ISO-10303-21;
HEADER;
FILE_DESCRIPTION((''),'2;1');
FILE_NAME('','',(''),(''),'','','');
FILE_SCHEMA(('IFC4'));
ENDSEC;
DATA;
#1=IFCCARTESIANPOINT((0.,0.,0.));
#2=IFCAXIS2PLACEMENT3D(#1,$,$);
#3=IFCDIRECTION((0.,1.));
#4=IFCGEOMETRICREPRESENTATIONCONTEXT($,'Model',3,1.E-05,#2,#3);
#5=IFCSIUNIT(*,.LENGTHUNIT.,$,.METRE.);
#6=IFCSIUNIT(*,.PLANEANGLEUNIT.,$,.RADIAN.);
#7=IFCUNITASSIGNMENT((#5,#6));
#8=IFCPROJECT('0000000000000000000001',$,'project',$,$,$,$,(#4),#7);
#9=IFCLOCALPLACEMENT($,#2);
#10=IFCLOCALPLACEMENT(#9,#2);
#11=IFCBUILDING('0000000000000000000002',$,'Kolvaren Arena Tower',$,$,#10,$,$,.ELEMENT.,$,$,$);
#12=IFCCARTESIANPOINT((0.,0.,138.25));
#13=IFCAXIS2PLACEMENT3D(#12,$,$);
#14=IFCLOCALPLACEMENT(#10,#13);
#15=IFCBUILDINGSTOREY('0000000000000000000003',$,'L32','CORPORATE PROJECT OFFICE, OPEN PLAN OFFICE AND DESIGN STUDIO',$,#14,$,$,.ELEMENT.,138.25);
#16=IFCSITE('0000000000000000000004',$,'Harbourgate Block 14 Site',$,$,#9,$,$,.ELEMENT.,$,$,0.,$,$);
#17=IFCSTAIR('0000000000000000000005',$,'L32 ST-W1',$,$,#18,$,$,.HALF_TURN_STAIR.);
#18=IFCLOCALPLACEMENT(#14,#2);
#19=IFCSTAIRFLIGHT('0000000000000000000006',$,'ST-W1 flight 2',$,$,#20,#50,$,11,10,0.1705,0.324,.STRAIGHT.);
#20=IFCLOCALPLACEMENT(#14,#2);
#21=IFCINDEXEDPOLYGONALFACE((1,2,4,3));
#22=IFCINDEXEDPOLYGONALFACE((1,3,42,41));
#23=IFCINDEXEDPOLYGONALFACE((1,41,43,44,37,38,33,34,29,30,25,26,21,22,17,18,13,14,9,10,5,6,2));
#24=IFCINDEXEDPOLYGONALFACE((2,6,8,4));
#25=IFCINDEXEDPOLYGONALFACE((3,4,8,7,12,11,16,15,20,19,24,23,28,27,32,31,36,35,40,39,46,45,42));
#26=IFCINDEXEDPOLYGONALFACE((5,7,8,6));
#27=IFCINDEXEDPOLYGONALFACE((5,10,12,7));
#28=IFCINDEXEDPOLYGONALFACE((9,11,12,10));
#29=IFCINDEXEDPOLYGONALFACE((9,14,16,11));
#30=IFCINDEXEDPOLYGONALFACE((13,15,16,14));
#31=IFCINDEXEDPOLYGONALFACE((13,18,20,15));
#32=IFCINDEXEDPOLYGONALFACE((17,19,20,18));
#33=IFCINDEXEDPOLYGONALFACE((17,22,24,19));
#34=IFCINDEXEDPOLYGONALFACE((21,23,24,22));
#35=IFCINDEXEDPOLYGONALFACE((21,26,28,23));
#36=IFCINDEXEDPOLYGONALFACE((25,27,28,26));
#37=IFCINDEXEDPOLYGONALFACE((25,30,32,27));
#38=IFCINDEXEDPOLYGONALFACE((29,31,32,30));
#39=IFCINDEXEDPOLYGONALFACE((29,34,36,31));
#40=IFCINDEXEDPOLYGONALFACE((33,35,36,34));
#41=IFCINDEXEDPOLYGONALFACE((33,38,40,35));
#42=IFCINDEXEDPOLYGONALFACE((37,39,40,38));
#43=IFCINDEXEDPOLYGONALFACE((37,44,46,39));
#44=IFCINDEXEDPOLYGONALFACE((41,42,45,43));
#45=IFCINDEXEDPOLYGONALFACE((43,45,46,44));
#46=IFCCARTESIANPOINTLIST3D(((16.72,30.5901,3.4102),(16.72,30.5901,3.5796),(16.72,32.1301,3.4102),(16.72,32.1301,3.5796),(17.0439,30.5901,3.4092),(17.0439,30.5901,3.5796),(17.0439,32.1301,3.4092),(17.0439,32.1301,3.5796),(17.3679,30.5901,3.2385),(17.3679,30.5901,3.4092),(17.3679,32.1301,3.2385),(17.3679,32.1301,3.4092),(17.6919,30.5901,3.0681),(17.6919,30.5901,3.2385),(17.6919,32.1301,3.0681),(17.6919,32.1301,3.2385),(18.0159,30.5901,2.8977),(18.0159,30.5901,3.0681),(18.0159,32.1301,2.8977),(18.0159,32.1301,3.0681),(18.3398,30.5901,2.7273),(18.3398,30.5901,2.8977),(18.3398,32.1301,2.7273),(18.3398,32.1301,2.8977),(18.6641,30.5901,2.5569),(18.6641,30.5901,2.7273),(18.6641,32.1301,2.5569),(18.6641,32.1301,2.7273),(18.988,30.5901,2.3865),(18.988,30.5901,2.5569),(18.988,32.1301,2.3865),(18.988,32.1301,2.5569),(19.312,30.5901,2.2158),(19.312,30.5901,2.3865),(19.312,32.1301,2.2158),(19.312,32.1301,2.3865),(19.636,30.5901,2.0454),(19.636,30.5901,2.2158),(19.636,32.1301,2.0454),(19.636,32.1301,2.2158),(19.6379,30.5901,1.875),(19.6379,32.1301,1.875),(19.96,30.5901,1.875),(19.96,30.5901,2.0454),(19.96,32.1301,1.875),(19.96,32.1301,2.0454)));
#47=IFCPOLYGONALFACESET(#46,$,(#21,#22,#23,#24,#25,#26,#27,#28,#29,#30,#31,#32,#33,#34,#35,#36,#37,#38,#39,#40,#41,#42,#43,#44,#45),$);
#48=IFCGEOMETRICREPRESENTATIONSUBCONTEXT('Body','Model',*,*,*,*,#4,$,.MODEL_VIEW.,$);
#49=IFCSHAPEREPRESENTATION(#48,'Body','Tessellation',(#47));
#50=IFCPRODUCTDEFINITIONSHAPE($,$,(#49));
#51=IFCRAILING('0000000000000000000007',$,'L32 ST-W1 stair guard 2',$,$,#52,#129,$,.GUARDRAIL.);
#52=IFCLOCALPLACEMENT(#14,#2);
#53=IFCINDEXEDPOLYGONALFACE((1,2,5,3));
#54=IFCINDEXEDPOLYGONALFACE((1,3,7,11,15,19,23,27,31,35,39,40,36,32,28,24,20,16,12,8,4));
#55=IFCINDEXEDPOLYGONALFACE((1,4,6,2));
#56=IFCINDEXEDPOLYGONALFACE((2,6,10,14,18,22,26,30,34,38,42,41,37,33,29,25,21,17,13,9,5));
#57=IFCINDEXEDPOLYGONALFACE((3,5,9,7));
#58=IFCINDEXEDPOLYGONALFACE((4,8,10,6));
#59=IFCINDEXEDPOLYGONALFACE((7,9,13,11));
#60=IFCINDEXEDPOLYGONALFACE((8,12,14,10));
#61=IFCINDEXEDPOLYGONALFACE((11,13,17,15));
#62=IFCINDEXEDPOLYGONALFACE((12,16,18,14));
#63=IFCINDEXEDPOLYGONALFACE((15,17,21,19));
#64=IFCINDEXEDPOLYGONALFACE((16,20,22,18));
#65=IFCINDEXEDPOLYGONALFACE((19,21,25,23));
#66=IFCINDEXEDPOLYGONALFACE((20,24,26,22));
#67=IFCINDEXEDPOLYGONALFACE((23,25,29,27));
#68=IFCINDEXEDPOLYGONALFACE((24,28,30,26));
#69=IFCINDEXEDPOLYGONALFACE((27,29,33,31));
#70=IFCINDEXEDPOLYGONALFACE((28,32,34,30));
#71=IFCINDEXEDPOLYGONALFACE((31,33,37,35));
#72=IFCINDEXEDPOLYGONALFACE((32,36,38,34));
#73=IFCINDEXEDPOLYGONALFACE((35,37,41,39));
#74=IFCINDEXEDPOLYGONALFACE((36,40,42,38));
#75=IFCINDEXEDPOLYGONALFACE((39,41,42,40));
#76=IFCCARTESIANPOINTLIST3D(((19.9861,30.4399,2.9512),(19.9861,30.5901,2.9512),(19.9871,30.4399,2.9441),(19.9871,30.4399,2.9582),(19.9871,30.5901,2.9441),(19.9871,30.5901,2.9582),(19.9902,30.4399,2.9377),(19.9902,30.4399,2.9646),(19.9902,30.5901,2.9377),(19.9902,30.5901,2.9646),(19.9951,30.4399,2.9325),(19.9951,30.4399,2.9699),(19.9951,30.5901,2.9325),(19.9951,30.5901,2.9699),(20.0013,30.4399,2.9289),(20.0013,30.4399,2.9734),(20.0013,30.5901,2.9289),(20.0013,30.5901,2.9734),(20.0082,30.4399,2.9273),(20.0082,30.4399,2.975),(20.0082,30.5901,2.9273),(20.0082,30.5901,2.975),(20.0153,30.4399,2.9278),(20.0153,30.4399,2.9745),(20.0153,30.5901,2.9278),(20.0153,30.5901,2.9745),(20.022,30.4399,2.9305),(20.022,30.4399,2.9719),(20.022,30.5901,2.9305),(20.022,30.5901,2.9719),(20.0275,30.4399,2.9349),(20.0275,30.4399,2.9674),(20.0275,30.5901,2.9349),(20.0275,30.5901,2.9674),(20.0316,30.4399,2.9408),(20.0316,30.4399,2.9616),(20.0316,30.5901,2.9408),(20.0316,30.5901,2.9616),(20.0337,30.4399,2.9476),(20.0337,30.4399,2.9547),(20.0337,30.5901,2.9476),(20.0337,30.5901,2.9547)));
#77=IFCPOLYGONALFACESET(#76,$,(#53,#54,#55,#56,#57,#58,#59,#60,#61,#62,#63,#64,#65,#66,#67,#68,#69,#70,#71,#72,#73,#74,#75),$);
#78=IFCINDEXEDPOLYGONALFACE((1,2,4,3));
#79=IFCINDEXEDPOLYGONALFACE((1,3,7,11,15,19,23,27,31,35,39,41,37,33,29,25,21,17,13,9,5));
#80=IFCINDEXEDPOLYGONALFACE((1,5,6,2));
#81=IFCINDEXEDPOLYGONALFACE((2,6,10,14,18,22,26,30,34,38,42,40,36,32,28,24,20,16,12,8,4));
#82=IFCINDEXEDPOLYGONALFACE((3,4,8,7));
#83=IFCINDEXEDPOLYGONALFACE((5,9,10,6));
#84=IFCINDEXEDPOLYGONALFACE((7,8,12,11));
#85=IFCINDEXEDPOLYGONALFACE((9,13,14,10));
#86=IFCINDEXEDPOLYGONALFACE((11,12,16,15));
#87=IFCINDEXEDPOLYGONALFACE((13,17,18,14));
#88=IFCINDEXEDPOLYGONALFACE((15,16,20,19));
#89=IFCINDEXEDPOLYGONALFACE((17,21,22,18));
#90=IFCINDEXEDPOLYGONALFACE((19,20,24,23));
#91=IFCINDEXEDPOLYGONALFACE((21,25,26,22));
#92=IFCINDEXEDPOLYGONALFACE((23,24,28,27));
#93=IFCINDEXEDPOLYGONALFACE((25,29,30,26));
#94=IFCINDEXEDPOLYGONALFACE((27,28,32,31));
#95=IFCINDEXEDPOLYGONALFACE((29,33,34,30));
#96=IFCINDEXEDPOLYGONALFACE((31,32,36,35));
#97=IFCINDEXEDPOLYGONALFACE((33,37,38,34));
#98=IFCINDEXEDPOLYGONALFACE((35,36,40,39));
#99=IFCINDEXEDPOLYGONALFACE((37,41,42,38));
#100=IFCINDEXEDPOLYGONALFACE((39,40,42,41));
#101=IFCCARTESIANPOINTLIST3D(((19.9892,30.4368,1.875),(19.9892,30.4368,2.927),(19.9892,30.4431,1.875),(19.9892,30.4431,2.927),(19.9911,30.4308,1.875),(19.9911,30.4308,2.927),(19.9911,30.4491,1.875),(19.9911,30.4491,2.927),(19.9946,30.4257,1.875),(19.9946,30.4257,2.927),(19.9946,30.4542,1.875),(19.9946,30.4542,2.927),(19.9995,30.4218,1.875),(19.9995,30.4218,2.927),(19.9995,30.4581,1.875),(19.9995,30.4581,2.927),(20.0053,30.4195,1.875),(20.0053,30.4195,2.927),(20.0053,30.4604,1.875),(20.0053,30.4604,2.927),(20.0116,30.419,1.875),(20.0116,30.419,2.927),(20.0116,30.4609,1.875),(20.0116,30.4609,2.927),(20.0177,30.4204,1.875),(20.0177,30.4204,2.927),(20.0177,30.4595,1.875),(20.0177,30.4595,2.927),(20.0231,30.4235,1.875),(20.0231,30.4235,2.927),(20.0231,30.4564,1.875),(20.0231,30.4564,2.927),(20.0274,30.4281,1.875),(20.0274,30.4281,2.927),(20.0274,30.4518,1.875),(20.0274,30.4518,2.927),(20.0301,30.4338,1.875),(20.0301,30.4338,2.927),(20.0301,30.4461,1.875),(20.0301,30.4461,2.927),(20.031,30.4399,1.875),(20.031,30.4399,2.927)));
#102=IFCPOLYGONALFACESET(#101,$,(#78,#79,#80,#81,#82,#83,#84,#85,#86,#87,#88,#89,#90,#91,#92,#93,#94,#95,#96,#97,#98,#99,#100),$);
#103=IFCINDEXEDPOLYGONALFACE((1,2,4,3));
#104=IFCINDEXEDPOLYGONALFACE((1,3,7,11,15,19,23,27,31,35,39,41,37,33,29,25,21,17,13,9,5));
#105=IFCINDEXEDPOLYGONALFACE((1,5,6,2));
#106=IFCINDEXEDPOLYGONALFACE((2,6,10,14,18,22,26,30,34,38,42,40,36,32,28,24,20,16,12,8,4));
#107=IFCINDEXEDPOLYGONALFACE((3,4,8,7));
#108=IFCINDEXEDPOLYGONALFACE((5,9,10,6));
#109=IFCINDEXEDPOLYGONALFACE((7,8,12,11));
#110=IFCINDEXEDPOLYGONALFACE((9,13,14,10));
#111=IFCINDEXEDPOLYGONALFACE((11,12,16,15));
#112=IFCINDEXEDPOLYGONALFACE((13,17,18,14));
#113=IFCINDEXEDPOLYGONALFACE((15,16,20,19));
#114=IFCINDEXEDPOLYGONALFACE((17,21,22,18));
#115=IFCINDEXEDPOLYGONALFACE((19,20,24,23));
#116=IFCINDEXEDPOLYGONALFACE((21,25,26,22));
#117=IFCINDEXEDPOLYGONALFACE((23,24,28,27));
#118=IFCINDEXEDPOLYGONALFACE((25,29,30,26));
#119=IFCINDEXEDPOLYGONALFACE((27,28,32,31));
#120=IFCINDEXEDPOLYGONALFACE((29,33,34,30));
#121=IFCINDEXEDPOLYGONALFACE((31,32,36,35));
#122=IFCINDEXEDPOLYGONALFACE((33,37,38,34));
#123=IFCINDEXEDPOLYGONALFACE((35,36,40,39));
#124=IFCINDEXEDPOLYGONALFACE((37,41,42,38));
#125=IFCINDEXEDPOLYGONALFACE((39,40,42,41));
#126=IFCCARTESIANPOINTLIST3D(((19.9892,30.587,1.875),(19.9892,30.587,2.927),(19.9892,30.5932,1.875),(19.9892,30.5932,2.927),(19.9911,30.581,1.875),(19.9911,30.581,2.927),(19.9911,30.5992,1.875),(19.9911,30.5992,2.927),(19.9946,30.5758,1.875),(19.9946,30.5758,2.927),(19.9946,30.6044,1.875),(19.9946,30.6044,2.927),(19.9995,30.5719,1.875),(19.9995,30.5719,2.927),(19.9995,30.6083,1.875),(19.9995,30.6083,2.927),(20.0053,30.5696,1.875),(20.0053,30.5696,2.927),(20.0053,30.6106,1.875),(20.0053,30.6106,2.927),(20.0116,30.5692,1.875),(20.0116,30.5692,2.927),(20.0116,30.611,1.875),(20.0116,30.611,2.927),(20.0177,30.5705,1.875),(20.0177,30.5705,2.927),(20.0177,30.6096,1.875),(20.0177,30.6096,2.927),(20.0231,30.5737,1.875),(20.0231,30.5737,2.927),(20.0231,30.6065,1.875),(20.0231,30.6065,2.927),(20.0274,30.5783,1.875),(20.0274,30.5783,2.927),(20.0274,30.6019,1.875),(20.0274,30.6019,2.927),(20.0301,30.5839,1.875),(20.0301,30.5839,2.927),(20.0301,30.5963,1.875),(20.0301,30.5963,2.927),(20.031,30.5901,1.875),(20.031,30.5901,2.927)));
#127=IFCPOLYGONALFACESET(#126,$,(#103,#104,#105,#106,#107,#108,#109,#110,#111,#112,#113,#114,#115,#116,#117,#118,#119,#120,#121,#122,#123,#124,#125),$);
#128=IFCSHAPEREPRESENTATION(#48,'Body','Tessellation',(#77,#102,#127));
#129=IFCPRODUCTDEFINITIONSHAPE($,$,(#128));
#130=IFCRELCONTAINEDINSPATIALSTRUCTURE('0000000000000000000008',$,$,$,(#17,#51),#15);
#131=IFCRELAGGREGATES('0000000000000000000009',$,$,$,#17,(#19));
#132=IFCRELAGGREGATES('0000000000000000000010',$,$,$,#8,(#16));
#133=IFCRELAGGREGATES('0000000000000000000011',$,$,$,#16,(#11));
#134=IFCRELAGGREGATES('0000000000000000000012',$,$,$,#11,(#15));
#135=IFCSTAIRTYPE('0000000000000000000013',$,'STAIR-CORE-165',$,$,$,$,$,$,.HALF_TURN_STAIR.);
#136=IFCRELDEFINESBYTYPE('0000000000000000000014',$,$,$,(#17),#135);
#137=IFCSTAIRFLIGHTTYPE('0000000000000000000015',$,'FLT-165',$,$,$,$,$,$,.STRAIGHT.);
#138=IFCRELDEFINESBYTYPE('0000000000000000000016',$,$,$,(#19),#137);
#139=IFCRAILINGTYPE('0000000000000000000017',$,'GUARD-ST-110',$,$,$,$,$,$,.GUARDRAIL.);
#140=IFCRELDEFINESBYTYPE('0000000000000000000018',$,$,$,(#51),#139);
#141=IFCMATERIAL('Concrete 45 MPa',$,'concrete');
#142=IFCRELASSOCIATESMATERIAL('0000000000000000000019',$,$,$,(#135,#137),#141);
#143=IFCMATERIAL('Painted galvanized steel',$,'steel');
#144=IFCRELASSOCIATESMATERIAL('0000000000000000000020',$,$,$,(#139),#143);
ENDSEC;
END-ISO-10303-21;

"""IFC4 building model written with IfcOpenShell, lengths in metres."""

from ifc_helpers import new_model, si_unit, direction, frame, origin, origin_2d, place, context, subcontext, project, spatial, polyline, circle, outline, extrude, material, type_object, element, aggregate, save


model = new_model("IFC4")

# Units and contexts
model_context = context("Model", 3, precision=1e-05, world=origin(), true_north=direction((0.0, 1.0)))
body_context = subcontext(model_context, "Body", "Model", "MODEL_VIEW")
ifc_project = project(units=[si_unit("LENGTHUNIT", "METRE"), si_unit("PLANEANGLEUNIT", "RADIAN")], contexts=[model_context])

# Site, building, storey
site_placement = place(None, origin())
site = spatial("IfcSite", under=ifc_project, at=site_placement, Name="Harbourgate Block 14 Site", CompositionType="ELEMENT", RefElevation=0.0)
building_placement = place(site_placement, origin())
building = spatial("IfcBuilding", under=site, at=building_placement, Name="Kolvaren Arena Tower", CompositionType="ELEMENT")
storey_placement = place(building_placement, frame((0.0, 0.0, 138.25)))
storey = spatial("IfcBuildingStorey", under=building, at=storey_placement, Name="L32", Description="CORPORATE PROJECT OFFICE, OPEN PLAN OFFICE AND DESIGN STUDIO", CompositionType="ELEMENT", Elevation=138.25)

# Shared definitions
ifc_material_1 = material(Name="Concrete 45 MPa", Category="concrete")

# Stair, stair flight
stair_type = type_object("IfcStairType", Name="STAIR-CORE-165", PredefinedType="HALF_TURN_STAIR", material=ifc_material_1)
stair_placement = place(storey_placement, origin())
stair = element("IfcStair", 1, at=stair_placement, inside=storey, type_object=stair_type, Name="L32 ST-W1", PredefinedType="HALF_TURN_STAIR")
stair_flight_type = type_object("IfcStairFlightType", Name="FLT-165", PredefinedType="STRAIGHT", material=ifc_material_1)
stair_flight_placement = place(storey_placement, frame((19.96, 31.3601, 1.875), z_axis=(0.0, 0.0, 1.0), x_axis=(-1.0, 0.0, 0.0)))
stair_flight = element("IfcStairFlight", 2, at=stair_flight_placement, type_object=stair_flight_type, Name="ST-W1 flight 2", NumberOfRisers=11, NumberOfTreads=10, PredefinedType="STRAIGHT", RiserHeight=0.1705, TreadLength=0.324, context=body_context, shape_type="SweptSolid", body=[
    extrude(outline(polyline([(0.0, 0.0), (0.0, 0.1704), (0.324, 0.1704), (0.324, 0.3408), (0.6479, 0.3408), (0.6479, 0.5115), (0.9719, 0.5115), (0.9719, 0.6819), (1.2959, 0.6819), (1.2959, 0.8523), (1.6201, 0.8523), (1.6201, 1.0227), (1.9441, 1.0227), (1.9441, 1.1931), (2.2681, 1.1931), (2.2681, 1.3635), (2.592, 1.3635), (2.592, 1.5342), (2.916, 1.5342), (2.916, 1.7046), (3.24, 1.7046), (3.24, 1.875), (3.24, 1.5352), (0.322, 0.0), (0.0, 0.0)])), frame((0.0, 0.77, 0.0), z_axis=(0.0, -1.0, 0.0), x_axis=(1.0, 0.0, 0.0)), (0.0, 0.0, 1.0), 1.54),
])
aggregate(stair, [stair_flight])

# Railing
ifc_material_2 = material(Name="Painted galvanized steel", Category="steel")
railing_type_1 = type_object("IfcRailingType", Name="GUARD-ST-110", PredefinedType="GUARDRAIL", material=ifc_material_2)
railing_1_placement = place(storey_placement, frame((20.01, 30.4399, 1.875)))
element("IfcRailing", 3, at=railing_1_placement, inside=storey, type_object=railing_type_1, Name="L32 ST-W1 stair guard 2", PredefinedType="GUARDRAIL", context=body_context, shape_type="SweptSolid", body=[
    extrude(circle(Radius=0.0239, at=origin_2d()), frame((0.0, 0.0, 1.0762), z_axis=(0.0, 1.0, 0.0), x_axis=(-1.0, 0.0, 0.0)), (0.0, 0.0, 1.0), 0.1501),
    extrude(circle(Radius=0.021, at=origin_2d()), origin(), (0.0, 0.0, 1.0), 1.052),
    extrude(circle(Radius=0.021, at=origin_2d()), frame((0.0, 0.1501, 0.0)), (0.0, 0.0, 1.0), 1.052),
])

save(model, "model.ifc")
